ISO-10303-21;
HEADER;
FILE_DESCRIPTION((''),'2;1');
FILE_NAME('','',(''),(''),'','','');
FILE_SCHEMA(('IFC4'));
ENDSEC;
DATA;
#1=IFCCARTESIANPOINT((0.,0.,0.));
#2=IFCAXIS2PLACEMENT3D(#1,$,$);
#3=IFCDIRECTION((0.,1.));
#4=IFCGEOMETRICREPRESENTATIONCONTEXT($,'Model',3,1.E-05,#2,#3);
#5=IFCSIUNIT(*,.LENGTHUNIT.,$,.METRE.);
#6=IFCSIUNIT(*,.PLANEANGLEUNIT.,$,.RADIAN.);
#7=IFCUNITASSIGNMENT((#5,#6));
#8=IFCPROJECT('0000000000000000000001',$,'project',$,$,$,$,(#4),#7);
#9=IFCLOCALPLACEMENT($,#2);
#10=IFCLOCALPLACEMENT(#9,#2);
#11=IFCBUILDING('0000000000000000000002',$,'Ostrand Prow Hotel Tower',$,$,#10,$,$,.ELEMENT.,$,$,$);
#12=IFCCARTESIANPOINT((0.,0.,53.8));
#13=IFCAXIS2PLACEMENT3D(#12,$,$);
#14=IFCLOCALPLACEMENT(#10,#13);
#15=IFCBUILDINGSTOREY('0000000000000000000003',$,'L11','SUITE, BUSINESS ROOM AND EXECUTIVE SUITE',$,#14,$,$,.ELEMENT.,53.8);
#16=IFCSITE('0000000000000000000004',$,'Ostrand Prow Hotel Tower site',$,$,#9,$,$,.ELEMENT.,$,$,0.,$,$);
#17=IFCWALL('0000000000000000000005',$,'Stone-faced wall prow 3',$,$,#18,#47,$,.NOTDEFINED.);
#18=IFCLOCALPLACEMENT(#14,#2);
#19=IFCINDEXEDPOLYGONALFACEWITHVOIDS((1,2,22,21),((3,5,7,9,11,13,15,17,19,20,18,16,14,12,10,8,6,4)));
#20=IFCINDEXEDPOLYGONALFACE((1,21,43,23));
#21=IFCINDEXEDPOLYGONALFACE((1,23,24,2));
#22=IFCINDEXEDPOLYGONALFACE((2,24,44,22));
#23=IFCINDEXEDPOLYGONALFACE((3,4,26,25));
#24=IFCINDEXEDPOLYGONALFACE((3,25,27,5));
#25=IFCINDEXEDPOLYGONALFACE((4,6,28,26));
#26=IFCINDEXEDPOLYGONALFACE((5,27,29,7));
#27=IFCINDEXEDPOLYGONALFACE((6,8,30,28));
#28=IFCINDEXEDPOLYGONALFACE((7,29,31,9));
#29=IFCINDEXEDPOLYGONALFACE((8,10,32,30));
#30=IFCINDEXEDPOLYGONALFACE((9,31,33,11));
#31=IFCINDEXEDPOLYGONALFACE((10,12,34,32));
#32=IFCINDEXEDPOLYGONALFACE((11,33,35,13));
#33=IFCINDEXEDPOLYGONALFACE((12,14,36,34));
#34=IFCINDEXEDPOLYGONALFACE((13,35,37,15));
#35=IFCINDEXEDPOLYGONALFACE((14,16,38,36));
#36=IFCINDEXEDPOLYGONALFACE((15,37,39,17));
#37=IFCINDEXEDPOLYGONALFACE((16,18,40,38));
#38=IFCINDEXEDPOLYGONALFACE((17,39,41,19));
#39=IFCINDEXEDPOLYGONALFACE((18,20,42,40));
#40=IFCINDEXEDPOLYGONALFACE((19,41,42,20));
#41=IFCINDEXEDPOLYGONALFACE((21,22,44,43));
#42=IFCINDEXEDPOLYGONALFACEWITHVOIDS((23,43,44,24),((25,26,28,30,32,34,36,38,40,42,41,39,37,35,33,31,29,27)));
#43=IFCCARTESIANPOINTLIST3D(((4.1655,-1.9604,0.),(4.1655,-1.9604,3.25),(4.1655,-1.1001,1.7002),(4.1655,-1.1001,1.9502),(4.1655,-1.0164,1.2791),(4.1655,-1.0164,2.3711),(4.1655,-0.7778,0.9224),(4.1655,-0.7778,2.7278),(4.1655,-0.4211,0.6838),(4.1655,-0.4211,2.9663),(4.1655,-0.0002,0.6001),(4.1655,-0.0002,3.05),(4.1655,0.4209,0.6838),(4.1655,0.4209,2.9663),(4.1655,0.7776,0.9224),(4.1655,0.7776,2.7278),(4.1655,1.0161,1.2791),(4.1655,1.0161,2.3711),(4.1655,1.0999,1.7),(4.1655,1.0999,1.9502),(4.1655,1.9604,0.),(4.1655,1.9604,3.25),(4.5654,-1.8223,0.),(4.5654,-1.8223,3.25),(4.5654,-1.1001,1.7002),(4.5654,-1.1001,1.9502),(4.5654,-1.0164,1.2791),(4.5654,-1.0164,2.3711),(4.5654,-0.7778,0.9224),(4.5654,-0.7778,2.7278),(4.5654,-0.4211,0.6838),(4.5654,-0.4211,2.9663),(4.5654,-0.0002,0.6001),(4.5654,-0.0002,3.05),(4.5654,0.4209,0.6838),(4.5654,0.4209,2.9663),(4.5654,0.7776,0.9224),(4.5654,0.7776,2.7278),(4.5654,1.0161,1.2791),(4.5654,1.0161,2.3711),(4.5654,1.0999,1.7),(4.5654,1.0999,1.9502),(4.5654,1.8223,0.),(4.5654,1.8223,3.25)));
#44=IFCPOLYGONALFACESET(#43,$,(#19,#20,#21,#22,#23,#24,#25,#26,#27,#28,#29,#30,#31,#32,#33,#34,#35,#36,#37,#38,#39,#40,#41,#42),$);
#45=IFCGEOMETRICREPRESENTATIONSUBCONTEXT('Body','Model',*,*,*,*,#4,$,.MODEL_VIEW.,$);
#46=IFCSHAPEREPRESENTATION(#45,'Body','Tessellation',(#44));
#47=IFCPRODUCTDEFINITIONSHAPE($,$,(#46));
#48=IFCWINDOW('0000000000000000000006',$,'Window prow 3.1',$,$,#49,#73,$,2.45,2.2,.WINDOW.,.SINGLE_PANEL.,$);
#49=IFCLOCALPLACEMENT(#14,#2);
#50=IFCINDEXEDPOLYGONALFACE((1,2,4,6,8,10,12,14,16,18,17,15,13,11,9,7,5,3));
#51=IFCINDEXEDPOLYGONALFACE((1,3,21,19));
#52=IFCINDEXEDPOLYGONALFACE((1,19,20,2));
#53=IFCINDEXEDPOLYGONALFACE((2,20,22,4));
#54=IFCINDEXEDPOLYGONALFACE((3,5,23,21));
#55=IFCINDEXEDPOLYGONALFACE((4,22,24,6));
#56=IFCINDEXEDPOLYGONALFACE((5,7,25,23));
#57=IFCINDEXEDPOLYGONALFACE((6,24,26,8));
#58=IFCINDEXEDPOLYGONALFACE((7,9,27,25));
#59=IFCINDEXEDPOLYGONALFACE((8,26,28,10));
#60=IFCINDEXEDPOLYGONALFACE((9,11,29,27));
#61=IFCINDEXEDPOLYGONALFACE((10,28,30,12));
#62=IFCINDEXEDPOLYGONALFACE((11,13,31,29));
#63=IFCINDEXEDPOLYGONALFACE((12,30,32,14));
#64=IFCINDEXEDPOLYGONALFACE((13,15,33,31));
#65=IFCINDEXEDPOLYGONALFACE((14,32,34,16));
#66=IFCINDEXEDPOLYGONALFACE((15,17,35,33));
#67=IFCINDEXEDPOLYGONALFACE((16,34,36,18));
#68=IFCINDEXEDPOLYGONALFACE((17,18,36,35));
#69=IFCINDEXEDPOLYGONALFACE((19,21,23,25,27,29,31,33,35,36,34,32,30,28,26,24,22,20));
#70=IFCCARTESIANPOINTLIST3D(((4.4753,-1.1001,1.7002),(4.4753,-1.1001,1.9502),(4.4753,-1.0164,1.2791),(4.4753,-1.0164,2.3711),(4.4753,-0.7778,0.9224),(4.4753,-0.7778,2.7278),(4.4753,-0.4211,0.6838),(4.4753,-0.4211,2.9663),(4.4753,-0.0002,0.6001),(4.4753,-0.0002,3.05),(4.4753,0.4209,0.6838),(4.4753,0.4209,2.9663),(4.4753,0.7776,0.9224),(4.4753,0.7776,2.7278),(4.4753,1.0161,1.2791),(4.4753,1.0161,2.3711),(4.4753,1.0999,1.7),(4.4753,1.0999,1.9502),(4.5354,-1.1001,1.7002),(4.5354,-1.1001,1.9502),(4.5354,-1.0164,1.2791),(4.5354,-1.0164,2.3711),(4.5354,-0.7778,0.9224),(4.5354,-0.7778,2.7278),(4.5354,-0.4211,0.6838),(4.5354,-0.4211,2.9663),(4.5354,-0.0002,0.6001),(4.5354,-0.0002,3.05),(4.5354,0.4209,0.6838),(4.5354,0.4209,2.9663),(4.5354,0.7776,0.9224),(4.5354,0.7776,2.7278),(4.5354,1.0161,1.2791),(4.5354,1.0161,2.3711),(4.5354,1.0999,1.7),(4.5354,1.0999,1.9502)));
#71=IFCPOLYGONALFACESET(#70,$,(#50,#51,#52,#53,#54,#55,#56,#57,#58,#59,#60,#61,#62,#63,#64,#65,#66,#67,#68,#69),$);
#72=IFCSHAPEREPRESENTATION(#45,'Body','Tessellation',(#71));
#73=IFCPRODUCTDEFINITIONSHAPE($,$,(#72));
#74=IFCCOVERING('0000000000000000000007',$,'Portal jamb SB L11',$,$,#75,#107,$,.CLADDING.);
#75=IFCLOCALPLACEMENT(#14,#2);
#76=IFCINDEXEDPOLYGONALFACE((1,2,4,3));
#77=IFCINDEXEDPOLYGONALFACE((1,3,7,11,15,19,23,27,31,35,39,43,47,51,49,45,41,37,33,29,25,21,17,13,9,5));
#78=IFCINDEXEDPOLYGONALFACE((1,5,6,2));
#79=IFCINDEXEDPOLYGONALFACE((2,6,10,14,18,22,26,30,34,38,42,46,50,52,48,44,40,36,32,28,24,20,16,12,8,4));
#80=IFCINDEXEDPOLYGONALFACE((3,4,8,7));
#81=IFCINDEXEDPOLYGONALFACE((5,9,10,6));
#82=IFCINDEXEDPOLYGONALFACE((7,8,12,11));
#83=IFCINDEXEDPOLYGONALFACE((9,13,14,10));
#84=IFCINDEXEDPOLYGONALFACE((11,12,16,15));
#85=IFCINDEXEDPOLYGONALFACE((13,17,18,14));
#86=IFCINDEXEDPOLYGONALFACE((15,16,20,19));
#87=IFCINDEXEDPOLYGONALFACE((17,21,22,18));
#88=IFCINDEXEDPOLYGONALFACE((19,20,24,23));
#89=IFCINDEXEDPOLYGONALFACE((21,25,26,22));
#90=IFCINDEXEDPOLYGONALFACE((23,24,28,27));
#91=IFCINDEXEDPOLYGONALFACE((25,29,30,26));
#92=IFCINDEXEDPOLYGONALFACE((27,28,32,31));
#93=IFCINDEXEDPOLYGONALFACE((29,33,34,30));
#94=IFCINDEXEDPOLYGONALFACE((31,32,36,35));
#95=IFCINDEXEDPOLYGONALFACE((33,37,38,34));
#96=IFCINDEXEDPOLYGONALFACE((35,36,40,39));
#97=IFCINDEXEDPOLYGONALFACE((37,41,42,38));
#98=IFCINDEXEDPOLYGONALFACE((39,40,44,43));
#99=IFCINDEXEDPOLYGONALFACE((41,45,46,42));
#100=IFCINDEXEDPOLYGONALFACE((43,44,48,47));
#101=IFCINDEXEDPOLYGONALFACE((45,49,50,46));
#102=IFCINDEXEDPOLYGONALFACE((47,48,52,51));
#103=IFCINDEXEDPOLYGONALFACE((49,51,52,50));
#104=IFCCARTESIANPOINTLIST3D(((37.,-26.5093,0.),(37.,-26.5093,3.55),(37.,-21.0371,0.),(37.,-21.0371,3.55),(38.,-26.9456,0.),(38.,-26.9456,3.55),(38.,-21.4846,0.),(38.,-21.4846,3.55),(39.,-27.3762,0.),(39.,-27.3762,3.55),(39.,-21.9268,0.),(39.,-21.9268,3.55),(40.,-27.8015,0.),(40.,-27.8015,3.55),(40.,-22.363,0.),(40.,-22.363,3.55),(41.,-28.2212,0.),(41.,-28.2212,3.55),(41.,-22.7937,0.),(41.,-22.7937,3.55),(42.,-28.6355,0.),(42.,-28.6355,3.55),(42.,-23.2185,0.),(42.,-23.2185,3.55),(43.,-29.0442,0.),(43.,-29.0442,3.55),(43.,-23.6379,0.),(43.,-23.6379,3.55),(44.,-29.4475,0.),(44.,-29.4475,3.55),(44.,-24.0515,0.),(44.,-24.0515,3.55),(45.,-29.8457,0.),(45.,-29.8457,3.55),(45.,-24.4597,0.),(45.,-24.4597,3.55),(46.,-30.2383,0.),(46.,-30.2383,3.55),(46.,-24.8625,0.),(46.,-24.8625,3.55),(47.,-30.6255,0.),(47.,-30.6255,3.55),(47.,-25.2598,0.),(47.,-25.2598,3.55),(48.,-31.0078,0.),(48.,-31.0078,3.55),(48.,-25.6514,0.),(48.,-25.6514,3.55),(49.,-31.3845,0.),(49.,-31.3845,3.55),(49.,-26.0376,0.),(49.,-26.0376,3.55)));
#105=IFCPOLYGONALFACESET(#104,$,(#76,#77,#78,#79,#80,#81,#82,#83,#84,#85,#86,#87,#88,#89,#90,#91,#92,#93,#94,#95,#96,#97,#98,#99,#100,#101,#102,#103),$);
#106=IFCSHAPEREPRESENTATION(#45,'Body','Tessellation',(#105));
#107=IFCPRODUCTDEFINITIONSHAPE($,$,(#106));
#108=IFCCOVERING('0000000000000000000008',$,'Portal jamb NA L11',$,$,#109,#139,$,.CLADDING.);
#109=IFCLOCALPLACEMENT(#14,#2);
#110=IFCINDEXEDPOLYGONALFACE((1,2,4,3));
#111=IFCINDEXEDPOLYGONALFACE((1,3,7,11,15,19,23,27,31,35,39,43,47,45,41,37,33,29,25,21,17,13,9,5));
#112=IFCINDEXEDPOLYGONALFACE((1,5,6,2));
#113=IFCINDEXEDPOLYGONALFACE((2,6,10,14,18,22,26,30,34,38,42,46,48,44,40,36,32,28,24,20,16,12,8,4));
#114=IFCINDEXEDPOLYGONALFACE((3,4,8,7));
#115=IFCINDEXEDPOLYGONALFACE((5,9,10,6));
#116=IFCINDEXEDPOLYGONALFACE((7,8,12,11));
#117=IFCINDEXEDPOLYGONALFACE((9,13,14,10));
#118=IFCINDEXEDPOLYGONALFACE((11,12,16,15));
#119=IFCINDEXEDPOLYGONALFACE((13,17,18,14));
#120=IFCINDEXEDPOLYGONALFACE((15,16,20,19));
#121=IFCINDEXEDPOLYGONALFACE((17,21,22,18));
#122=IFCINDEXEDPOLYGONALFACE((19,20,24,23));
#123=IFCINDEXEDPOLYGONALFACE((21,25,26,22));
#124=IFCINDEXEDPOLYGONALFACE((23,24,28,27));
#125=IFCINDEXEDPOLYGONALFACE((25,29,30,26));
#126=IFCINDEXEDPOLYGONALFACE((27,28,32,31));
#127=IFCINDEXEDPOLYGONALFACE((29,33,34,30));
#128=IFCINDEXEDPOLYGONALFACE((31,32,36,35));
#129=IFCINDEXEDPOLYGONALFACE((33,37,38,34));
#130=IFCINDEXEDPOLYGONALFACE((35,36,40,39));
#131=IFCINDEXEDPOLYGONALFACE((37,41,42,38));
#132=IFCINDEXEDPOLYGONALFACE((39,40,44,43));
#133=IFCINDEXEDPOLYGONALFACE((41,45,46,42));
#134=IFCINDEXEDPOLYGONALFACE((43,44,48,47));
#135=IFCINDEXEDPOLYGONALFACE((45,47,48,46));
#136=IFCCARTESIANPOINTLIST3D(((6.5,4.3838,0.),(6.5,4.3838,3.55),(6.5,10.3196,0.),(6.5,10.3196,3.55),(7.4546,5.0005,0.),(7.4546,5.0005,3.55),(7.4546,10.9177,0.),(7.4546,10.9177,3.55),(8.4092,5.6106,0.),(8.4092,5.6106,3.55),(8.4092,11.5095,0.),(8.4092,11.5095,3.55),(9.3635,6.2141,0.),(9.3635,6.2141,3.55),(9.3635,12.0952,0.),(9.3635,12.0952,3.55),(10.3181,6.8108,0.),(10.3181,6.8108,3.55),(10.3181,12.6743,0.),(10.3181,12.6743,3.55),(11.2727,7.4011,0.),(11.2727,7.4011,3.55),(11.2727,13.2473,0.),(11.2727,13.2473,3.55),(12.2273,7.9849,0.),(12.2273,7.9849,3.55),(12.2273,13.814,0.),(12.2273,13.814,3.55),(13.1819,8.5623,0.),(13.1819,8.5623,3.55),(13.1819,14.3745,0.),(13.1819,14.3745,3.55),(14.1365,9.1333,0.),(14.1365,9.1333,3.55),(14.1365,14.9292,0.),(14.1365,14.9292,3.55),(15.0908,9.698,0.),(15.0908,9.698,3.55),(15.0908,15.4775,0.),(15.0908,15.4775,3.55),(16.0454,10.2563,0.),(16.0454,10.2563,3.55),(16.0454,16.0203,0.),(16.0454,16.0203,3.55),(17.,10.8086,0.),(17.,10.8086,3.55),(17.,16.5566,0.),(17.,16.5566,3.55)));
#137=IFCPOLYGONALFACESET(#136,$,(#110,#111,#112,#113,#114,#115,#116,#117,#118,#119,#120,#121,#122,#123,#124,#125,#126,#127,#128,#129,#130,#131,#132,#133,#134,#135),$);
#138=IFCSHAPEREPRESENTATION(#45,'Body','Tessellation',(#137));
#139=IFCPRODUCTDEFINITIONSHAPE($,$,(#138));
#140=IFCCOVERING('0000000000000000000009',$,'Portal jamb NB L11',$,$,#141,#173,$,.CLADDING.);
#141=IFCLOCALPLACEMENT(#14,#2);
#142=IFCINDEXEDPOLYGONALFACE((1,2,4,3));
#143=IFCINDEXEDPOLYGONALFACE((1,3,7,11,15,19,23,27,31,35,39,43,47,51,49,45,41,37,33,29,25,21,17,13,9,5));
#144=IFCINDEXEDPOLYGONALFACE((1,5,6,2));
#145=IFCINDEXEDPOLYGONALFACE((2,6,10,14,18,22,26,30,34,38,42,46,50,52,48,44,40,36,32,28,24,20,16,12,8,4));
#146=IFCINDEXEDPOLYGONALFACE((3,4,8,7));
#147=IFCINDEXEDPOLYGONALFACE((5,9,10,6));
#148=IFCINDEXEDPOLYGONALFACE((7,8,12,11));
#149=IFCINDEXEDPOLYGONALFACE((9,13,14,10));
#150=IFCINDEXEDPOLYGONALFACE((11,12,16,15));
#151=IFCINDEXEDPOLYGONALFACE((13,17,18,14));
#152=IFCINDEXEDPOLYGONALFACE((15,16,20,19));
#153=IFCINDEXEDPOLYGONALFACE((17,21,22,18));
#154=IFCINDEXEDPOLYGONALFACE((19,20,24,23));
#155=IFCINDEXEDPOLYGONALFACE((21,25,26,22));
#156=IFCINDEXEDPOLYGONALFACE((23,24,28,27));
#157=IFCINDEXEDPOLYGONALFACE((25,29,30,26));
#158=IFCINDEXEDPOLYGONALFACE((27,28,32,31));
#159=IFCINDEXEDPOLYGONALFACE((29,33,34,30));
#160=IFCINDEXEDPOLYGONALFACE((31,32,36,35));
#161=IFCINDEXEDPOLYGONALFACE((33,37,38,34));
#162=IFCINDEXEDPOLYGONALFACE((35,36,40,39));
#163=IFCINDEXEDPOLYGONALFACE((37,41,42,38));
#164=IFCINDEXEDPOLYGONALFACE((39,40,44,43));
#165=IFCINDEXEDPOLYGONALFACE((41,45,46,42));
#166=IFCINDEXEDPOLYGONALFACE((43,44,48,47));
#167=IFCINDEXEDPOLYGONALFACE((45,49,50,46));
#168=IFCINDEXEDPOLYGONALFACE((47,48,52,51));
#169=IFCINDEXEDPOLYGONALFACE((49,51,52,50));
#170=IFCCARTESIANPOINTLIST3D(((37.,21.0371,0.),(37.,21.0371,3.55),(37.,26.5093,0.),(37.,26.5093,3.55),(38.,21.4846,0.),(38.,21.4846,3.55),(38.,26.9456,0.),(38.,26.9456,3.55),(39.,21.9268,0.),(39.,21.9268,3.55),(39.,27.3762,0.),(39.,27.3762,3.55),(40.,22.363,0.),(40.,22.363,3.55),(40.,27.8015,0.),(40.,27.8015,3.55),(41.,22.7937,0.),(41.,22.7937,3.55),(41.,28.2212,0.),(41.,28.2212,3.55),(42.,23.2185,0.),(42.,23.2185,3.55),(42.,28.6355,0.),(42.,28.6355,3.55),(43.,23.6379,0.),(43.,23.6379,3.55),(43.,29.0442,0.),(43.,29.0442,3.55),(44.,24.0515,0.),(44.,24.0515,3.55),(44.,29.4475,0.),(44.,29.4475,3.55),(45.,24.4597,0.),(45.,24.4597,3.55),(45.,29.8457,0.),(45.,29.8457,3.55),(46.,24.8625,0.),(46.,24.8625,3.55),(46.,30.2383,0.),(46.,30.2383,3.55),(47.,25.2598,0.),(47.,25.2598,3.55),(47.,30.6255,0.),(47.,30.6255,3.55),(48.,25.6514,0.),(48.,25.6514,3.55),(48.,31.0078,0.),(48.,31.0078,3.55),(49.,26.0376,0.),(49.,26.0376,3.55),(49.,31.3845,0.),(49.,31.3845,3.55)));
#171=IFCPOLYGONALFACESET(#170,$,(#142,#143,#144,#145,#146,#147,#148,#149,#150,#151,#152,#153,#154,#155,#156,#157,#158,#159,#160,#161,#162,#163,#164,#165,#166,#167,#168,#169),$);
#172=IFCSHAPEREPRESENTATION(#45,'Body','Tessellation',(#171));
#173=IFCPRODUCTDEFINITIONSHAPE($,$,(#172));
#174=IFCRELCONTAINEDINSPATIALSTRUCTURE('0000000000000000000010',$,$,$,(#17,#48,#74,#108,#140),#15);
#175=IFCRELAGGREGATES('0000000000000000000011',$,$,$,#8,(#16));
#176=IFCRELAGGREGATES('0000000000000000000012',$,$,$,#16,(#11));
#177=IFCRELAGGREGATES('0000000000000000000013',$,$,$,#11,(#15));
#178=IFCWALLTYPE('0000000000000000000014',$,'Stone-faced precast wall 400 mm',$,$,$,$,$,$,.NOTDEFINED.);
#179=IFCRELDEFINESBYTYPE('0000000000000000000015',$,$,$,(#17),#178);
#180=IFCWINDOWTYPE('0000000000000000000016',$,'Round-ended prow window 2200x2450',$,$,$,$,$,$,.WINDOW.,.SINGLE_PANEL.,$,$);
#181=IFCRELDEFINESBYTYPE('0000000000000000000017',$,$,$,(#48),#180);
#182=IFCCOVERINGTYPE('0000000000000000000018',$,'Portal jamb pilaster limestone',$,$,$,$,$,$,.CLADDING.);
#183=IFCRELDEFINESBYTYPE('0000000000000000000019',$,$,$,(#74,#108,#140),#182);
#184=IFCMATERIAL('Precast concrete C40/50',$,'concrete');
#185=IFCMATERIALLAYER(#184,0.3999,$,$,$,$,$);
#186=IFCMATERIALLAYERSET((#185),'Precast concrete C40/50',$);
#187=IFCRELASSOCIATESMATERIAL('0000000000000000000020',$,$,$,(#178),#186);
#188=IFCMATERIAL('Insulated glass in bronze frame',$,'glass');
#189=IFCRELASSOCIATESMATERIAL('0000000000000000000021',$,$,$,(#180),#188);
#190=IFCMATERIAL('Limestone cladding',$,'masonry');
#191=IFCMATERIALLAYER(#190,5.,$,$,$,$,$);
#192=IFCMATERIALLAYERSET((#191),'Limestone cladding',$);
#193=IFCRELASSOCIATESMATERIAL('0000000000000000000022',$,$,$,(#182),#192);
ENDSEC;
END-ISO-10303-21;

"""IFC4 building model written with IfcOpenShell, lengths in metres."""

from ifc_helpers import new_model, si_unit, direction, frame, origin, place, context, subcontext, project, spatial, polyline, outline, extrude, material, layer, layer_set, type_object, element, fill, save


model = new_model("IFC4")

# Units and contexts
model_context = context("Model", 3, precision=1e-05, world=origin(), true_north=direction((0.0, 1.0)))
body_context = subcontext(model_context, "Body", "Model", "MODEL_VIEW")
ifc_project = project(units=[si_unit("LENGTHUNIT", "METRE"), si_unit("PLANEANGLEUNIT", "RADIAN")], contexts=[model_context])

# Site, building, storey
site_placement = place(None, origin())
site = spatial("IfcSite", under=ifc_project, at=site_placement, Name="Ostrand Prow Hotel Tower site", CompositionType="ELEMENT", RefElevation=0.0)
building_placement = place(site_placement, origin())
building = spatial("IfcBuilding", under=site, at=building_placement, Name="Ostrand Prow Hotel Tower", CompositionType="ELEMENT")
storey_placement = place(building_placement, frame((0.0, 0.0, 53.8)))
storey = spatial("IfcBuildingStorey", under=building, at=storey_placement, Name="L11", Description="SUITE, BUSINESS ROOM AND EXECUTIVE SUITE", CompositionType="ELEMENT", Elevation=53.8)

# Wall, opening, window
ifc_material_1 = material(Name="Precast concrete C40/50", Category="concrete")
ifc_layer_1 = layer(ifc_material_1, 0.3999)
ifc_layer_set_1 = layer_set([ifc_layer_1], Name="Precast concrete C40/50")
wall_type_1 = type_object("IfcWallType", Name="Stone-faced precast wall 400 mm", PredefinedType="NOTDEFINED", material=ifc_layer_set_1)
ifc_material_2 = material(Name="Insulated glass in bronze frame", Category="glass")
window_type = type_object("IfcWindowType", Name="Round-ended prow window 2200x2450", PartitioningType="SINGLE_PANEL", PredefinedType="WINDOW", material=ifc_material_2)
wall_1_placement = place(storey_placement, frame((4.3655, 1.8914, 0.0), z_axis=(0.0, 0.0, 1.0), x_axis=(0.0, -1.0, 0.0)))
wall_1 = element("IfcWall", 1, at=wall_1_placement, inside=storey, type_object=wall_type_1, Name="Stone-faced wall prow 3", PredefinedType="NOTDEFINED", context=body_context, shape_type="SweptSolid", body=[
    extrude(outline(polyline([(-0.0691, -0.2), (3.8518, -0.2), (3.7136, 0.2), (0.0691, 0.2), (-0.0691, -0.2)])), origin(), (0.0, 0.0, 1.0), 3.25),
])
opening_1_placement = place(wall_1_placement, frame((0.7915, 0.0, 0.6001)))
opening_1 = element("IfcOpeningElement", 2, at=opening_1_placement, cuts=wall_1, PredefinedType="OPENING", context=body_context, shape_type="SweptSolid", body=[
    extrude(outline(polyline([(0.0, 1.3501), (0.0837, 1.771), (0.3223, 2.1277), (0.679, 2.3662), (1.1001, 2.45), (1.521, 2.3662), (1.8777, 2.1277), (2.1162, 1.771), (2.2, 1.3501), (2.2, 1.1001), (2.1162, 0.679), (1.8777, 0.3223), (1.521, 0.0837), (1.1001, 0.0), (0.679, 0.0837), (0.3223, 0.3223), (0.0837, 0.679), (0.0, 1.0999), (0.0, 1.3501)])), frame((0.0, 0.21, 0.0), z_axis=(0.0, -1.0, 0.0), x_axis=(1.0, 0.0, 0.0)), (0.0, 0.0, 1.0), 0.4199),
])
window_1_placement = place(opening_1_placement, origin())
window_1 = element("IfcWindow", 3, at=window_1_placement, inside=storey, type_object=window_type, Name="Window prow 3.1", OverallHeight=2.45, OverallWidth=2.2, PartitioningType="SINGLE_PANEL", PredefinedType="WINDOW", context=body_context, shape_type="SweptSolid", body=[
    extrude(outline(polyline([(0.0, 1.3501), (0.0837, 1.771), (0.3223, 2.1277), (0.679, 2.3662), (1.1001, 2.45), (1.521, 2.3662), (1.8777, 2.1277), (2.1162, 1.771), (2.2, 1.3501), (2.2, 1.1001), (2.1162, 0.679), (1.8777, 0.3223), (1.521, 0.0837), (1.1001, 0.0), (0.679, 0.0837), (0.3223, 0.3223), (0.0837, 0.679), (0.0, 1.0999), (0.0, 1.3501)])), frame((0.0, 0.1699, 0.0), z_axis=(0.0, -1.0, 0.0), x_axis=(1.0, 0.0, 0.0)), (0.0, 0.0, 1.0), 0.0601),
])
fill(opening_1, window_1)

# Coverings
ifc_material_3 = material(Name="Limestone cladding", Category="masonry")
ifc_layer_2 = layer(ifc_material_3, 5.0)
ifc_layer_set_2 = layer_set([ifc_layer_2], Name="Limestone cladding")
covering_type_1 = type_object("IfcCoveringType", Name="Portal jamb pilaster limestone", PredefinedType="CLADDING", material=ifc_layer_set_2)
covering_1_placement = place(storey_placement, origin())
element("IfcCovering", 4, at=covering_1_placement, inside=storey, type_object=covering_type_1, Name="Portal jamb SB L11", PredefinedType="CLADDING", context=body_context, shape_type="SweptSolid", body=[
    extrude(outline(polyline([(37.0, -21.0371), (37.0, -26.5093), (38.0, -26.9456), (39.0, -27.3762), (40.0, -27.8015), (41.0, -28.2212), (42.0, -28.6355), (43.0, -29.0442), (44.0, -29.4475), (45.0, -29.8457), (46.0, -30.2383), (47.0, -30.6255), (48.0, -31.0078), (49.0, -31.3845), (49.0, -26.0376), (48.0, -25.6514), (47.0, -25.2598), (46.0, -24.8625), (45.0, -24.4597), (44.0, -24.0515), (43.0, -23.6379), (42.0, -23.2185), (41.0, -22.7937), (40.0, -22.363), (39.0, -21.9268), (38.0, -21.4846), (37.0, -21.0371)])), origin(), (0.0, 0.0, 1.0), 3.55),
])
covering_2_placement = place(storey_placement, origin())
element("IfcCovering", 5, at=covering_2_placement, inside=storey, type_object=covering_type_1, Name="Portal jamb NA L11", PredefinedType="CLADDING", context=body_context, shape_type="SweptSolid", body=[
    extrude(outline(polyline([(6.5, 4.3838), (7.4546, 5.0005), (8.4092, 5.6106), (9.3635, 6.2141), (10.3181, 6.8108), (11.2727, 7.4011), (12.2273, 7.9849), (13.1819, 8.5623), (14.1365, 9.1333), (15.0908, 9.698), (16.0454, 10.2563), (17.0, 10.8086), (17.0, 16.5566), (16.0454, 16.0203), (15.0908, 15.4775), (14.1365, 14.9292), (13.1819, 14.3745), (12.2273, 13.814), (11.2727, 13.2473), (10.3181, 12.6743), (9.3635, 12.0952), (8.4092, 11.5095), (7.4546, 10.9177), (6.5, 10.3196), (6.5, 4.3838)])), origin(), (0.0, 0.0, 1.0), 3.55),
])
covering_3_placement = place(storey_placement, origin())
element("IfcCovering", 6, at=covering_3_placement, inside=storey, type_object=covering_type_1, Name="Portal jamb NB L11", PredefinedType="CLADDING", context=body_context, shape_type="SweptSolid", body=[
    extrude(outline(polyline([(37.0, 21.0371), (38.0, 21.4846), (39.0, 21.9268), (40.0, 22.363), (41.0, 22.7937), (42.0, 23.2185), (43.0, 23.6379), (44.0, 24.0515), (45.0, 24.4597), (46.0, 24.8625), (47.0, 25.2598), (48.0, 25.6514), (49.0, 26.0376), (49.0, 31.3845), (48.0, 31.0078), (47.0, 30.6255), (46.0, 30.2383), (45.0, 29.8457), (44.0, 29.4475), (43.0, 29.0442), (42.0, 28.6355), (41.0, 28.2212), (40.0, 27.8015), (39.0, 27.3762), (38.0, 26.9456), (37.0, 26.5093), (37.0, 21.0371)])), origin(), (0.0, 0.0, 1.0), 3.55),
])

save(model, "model.ifc")
